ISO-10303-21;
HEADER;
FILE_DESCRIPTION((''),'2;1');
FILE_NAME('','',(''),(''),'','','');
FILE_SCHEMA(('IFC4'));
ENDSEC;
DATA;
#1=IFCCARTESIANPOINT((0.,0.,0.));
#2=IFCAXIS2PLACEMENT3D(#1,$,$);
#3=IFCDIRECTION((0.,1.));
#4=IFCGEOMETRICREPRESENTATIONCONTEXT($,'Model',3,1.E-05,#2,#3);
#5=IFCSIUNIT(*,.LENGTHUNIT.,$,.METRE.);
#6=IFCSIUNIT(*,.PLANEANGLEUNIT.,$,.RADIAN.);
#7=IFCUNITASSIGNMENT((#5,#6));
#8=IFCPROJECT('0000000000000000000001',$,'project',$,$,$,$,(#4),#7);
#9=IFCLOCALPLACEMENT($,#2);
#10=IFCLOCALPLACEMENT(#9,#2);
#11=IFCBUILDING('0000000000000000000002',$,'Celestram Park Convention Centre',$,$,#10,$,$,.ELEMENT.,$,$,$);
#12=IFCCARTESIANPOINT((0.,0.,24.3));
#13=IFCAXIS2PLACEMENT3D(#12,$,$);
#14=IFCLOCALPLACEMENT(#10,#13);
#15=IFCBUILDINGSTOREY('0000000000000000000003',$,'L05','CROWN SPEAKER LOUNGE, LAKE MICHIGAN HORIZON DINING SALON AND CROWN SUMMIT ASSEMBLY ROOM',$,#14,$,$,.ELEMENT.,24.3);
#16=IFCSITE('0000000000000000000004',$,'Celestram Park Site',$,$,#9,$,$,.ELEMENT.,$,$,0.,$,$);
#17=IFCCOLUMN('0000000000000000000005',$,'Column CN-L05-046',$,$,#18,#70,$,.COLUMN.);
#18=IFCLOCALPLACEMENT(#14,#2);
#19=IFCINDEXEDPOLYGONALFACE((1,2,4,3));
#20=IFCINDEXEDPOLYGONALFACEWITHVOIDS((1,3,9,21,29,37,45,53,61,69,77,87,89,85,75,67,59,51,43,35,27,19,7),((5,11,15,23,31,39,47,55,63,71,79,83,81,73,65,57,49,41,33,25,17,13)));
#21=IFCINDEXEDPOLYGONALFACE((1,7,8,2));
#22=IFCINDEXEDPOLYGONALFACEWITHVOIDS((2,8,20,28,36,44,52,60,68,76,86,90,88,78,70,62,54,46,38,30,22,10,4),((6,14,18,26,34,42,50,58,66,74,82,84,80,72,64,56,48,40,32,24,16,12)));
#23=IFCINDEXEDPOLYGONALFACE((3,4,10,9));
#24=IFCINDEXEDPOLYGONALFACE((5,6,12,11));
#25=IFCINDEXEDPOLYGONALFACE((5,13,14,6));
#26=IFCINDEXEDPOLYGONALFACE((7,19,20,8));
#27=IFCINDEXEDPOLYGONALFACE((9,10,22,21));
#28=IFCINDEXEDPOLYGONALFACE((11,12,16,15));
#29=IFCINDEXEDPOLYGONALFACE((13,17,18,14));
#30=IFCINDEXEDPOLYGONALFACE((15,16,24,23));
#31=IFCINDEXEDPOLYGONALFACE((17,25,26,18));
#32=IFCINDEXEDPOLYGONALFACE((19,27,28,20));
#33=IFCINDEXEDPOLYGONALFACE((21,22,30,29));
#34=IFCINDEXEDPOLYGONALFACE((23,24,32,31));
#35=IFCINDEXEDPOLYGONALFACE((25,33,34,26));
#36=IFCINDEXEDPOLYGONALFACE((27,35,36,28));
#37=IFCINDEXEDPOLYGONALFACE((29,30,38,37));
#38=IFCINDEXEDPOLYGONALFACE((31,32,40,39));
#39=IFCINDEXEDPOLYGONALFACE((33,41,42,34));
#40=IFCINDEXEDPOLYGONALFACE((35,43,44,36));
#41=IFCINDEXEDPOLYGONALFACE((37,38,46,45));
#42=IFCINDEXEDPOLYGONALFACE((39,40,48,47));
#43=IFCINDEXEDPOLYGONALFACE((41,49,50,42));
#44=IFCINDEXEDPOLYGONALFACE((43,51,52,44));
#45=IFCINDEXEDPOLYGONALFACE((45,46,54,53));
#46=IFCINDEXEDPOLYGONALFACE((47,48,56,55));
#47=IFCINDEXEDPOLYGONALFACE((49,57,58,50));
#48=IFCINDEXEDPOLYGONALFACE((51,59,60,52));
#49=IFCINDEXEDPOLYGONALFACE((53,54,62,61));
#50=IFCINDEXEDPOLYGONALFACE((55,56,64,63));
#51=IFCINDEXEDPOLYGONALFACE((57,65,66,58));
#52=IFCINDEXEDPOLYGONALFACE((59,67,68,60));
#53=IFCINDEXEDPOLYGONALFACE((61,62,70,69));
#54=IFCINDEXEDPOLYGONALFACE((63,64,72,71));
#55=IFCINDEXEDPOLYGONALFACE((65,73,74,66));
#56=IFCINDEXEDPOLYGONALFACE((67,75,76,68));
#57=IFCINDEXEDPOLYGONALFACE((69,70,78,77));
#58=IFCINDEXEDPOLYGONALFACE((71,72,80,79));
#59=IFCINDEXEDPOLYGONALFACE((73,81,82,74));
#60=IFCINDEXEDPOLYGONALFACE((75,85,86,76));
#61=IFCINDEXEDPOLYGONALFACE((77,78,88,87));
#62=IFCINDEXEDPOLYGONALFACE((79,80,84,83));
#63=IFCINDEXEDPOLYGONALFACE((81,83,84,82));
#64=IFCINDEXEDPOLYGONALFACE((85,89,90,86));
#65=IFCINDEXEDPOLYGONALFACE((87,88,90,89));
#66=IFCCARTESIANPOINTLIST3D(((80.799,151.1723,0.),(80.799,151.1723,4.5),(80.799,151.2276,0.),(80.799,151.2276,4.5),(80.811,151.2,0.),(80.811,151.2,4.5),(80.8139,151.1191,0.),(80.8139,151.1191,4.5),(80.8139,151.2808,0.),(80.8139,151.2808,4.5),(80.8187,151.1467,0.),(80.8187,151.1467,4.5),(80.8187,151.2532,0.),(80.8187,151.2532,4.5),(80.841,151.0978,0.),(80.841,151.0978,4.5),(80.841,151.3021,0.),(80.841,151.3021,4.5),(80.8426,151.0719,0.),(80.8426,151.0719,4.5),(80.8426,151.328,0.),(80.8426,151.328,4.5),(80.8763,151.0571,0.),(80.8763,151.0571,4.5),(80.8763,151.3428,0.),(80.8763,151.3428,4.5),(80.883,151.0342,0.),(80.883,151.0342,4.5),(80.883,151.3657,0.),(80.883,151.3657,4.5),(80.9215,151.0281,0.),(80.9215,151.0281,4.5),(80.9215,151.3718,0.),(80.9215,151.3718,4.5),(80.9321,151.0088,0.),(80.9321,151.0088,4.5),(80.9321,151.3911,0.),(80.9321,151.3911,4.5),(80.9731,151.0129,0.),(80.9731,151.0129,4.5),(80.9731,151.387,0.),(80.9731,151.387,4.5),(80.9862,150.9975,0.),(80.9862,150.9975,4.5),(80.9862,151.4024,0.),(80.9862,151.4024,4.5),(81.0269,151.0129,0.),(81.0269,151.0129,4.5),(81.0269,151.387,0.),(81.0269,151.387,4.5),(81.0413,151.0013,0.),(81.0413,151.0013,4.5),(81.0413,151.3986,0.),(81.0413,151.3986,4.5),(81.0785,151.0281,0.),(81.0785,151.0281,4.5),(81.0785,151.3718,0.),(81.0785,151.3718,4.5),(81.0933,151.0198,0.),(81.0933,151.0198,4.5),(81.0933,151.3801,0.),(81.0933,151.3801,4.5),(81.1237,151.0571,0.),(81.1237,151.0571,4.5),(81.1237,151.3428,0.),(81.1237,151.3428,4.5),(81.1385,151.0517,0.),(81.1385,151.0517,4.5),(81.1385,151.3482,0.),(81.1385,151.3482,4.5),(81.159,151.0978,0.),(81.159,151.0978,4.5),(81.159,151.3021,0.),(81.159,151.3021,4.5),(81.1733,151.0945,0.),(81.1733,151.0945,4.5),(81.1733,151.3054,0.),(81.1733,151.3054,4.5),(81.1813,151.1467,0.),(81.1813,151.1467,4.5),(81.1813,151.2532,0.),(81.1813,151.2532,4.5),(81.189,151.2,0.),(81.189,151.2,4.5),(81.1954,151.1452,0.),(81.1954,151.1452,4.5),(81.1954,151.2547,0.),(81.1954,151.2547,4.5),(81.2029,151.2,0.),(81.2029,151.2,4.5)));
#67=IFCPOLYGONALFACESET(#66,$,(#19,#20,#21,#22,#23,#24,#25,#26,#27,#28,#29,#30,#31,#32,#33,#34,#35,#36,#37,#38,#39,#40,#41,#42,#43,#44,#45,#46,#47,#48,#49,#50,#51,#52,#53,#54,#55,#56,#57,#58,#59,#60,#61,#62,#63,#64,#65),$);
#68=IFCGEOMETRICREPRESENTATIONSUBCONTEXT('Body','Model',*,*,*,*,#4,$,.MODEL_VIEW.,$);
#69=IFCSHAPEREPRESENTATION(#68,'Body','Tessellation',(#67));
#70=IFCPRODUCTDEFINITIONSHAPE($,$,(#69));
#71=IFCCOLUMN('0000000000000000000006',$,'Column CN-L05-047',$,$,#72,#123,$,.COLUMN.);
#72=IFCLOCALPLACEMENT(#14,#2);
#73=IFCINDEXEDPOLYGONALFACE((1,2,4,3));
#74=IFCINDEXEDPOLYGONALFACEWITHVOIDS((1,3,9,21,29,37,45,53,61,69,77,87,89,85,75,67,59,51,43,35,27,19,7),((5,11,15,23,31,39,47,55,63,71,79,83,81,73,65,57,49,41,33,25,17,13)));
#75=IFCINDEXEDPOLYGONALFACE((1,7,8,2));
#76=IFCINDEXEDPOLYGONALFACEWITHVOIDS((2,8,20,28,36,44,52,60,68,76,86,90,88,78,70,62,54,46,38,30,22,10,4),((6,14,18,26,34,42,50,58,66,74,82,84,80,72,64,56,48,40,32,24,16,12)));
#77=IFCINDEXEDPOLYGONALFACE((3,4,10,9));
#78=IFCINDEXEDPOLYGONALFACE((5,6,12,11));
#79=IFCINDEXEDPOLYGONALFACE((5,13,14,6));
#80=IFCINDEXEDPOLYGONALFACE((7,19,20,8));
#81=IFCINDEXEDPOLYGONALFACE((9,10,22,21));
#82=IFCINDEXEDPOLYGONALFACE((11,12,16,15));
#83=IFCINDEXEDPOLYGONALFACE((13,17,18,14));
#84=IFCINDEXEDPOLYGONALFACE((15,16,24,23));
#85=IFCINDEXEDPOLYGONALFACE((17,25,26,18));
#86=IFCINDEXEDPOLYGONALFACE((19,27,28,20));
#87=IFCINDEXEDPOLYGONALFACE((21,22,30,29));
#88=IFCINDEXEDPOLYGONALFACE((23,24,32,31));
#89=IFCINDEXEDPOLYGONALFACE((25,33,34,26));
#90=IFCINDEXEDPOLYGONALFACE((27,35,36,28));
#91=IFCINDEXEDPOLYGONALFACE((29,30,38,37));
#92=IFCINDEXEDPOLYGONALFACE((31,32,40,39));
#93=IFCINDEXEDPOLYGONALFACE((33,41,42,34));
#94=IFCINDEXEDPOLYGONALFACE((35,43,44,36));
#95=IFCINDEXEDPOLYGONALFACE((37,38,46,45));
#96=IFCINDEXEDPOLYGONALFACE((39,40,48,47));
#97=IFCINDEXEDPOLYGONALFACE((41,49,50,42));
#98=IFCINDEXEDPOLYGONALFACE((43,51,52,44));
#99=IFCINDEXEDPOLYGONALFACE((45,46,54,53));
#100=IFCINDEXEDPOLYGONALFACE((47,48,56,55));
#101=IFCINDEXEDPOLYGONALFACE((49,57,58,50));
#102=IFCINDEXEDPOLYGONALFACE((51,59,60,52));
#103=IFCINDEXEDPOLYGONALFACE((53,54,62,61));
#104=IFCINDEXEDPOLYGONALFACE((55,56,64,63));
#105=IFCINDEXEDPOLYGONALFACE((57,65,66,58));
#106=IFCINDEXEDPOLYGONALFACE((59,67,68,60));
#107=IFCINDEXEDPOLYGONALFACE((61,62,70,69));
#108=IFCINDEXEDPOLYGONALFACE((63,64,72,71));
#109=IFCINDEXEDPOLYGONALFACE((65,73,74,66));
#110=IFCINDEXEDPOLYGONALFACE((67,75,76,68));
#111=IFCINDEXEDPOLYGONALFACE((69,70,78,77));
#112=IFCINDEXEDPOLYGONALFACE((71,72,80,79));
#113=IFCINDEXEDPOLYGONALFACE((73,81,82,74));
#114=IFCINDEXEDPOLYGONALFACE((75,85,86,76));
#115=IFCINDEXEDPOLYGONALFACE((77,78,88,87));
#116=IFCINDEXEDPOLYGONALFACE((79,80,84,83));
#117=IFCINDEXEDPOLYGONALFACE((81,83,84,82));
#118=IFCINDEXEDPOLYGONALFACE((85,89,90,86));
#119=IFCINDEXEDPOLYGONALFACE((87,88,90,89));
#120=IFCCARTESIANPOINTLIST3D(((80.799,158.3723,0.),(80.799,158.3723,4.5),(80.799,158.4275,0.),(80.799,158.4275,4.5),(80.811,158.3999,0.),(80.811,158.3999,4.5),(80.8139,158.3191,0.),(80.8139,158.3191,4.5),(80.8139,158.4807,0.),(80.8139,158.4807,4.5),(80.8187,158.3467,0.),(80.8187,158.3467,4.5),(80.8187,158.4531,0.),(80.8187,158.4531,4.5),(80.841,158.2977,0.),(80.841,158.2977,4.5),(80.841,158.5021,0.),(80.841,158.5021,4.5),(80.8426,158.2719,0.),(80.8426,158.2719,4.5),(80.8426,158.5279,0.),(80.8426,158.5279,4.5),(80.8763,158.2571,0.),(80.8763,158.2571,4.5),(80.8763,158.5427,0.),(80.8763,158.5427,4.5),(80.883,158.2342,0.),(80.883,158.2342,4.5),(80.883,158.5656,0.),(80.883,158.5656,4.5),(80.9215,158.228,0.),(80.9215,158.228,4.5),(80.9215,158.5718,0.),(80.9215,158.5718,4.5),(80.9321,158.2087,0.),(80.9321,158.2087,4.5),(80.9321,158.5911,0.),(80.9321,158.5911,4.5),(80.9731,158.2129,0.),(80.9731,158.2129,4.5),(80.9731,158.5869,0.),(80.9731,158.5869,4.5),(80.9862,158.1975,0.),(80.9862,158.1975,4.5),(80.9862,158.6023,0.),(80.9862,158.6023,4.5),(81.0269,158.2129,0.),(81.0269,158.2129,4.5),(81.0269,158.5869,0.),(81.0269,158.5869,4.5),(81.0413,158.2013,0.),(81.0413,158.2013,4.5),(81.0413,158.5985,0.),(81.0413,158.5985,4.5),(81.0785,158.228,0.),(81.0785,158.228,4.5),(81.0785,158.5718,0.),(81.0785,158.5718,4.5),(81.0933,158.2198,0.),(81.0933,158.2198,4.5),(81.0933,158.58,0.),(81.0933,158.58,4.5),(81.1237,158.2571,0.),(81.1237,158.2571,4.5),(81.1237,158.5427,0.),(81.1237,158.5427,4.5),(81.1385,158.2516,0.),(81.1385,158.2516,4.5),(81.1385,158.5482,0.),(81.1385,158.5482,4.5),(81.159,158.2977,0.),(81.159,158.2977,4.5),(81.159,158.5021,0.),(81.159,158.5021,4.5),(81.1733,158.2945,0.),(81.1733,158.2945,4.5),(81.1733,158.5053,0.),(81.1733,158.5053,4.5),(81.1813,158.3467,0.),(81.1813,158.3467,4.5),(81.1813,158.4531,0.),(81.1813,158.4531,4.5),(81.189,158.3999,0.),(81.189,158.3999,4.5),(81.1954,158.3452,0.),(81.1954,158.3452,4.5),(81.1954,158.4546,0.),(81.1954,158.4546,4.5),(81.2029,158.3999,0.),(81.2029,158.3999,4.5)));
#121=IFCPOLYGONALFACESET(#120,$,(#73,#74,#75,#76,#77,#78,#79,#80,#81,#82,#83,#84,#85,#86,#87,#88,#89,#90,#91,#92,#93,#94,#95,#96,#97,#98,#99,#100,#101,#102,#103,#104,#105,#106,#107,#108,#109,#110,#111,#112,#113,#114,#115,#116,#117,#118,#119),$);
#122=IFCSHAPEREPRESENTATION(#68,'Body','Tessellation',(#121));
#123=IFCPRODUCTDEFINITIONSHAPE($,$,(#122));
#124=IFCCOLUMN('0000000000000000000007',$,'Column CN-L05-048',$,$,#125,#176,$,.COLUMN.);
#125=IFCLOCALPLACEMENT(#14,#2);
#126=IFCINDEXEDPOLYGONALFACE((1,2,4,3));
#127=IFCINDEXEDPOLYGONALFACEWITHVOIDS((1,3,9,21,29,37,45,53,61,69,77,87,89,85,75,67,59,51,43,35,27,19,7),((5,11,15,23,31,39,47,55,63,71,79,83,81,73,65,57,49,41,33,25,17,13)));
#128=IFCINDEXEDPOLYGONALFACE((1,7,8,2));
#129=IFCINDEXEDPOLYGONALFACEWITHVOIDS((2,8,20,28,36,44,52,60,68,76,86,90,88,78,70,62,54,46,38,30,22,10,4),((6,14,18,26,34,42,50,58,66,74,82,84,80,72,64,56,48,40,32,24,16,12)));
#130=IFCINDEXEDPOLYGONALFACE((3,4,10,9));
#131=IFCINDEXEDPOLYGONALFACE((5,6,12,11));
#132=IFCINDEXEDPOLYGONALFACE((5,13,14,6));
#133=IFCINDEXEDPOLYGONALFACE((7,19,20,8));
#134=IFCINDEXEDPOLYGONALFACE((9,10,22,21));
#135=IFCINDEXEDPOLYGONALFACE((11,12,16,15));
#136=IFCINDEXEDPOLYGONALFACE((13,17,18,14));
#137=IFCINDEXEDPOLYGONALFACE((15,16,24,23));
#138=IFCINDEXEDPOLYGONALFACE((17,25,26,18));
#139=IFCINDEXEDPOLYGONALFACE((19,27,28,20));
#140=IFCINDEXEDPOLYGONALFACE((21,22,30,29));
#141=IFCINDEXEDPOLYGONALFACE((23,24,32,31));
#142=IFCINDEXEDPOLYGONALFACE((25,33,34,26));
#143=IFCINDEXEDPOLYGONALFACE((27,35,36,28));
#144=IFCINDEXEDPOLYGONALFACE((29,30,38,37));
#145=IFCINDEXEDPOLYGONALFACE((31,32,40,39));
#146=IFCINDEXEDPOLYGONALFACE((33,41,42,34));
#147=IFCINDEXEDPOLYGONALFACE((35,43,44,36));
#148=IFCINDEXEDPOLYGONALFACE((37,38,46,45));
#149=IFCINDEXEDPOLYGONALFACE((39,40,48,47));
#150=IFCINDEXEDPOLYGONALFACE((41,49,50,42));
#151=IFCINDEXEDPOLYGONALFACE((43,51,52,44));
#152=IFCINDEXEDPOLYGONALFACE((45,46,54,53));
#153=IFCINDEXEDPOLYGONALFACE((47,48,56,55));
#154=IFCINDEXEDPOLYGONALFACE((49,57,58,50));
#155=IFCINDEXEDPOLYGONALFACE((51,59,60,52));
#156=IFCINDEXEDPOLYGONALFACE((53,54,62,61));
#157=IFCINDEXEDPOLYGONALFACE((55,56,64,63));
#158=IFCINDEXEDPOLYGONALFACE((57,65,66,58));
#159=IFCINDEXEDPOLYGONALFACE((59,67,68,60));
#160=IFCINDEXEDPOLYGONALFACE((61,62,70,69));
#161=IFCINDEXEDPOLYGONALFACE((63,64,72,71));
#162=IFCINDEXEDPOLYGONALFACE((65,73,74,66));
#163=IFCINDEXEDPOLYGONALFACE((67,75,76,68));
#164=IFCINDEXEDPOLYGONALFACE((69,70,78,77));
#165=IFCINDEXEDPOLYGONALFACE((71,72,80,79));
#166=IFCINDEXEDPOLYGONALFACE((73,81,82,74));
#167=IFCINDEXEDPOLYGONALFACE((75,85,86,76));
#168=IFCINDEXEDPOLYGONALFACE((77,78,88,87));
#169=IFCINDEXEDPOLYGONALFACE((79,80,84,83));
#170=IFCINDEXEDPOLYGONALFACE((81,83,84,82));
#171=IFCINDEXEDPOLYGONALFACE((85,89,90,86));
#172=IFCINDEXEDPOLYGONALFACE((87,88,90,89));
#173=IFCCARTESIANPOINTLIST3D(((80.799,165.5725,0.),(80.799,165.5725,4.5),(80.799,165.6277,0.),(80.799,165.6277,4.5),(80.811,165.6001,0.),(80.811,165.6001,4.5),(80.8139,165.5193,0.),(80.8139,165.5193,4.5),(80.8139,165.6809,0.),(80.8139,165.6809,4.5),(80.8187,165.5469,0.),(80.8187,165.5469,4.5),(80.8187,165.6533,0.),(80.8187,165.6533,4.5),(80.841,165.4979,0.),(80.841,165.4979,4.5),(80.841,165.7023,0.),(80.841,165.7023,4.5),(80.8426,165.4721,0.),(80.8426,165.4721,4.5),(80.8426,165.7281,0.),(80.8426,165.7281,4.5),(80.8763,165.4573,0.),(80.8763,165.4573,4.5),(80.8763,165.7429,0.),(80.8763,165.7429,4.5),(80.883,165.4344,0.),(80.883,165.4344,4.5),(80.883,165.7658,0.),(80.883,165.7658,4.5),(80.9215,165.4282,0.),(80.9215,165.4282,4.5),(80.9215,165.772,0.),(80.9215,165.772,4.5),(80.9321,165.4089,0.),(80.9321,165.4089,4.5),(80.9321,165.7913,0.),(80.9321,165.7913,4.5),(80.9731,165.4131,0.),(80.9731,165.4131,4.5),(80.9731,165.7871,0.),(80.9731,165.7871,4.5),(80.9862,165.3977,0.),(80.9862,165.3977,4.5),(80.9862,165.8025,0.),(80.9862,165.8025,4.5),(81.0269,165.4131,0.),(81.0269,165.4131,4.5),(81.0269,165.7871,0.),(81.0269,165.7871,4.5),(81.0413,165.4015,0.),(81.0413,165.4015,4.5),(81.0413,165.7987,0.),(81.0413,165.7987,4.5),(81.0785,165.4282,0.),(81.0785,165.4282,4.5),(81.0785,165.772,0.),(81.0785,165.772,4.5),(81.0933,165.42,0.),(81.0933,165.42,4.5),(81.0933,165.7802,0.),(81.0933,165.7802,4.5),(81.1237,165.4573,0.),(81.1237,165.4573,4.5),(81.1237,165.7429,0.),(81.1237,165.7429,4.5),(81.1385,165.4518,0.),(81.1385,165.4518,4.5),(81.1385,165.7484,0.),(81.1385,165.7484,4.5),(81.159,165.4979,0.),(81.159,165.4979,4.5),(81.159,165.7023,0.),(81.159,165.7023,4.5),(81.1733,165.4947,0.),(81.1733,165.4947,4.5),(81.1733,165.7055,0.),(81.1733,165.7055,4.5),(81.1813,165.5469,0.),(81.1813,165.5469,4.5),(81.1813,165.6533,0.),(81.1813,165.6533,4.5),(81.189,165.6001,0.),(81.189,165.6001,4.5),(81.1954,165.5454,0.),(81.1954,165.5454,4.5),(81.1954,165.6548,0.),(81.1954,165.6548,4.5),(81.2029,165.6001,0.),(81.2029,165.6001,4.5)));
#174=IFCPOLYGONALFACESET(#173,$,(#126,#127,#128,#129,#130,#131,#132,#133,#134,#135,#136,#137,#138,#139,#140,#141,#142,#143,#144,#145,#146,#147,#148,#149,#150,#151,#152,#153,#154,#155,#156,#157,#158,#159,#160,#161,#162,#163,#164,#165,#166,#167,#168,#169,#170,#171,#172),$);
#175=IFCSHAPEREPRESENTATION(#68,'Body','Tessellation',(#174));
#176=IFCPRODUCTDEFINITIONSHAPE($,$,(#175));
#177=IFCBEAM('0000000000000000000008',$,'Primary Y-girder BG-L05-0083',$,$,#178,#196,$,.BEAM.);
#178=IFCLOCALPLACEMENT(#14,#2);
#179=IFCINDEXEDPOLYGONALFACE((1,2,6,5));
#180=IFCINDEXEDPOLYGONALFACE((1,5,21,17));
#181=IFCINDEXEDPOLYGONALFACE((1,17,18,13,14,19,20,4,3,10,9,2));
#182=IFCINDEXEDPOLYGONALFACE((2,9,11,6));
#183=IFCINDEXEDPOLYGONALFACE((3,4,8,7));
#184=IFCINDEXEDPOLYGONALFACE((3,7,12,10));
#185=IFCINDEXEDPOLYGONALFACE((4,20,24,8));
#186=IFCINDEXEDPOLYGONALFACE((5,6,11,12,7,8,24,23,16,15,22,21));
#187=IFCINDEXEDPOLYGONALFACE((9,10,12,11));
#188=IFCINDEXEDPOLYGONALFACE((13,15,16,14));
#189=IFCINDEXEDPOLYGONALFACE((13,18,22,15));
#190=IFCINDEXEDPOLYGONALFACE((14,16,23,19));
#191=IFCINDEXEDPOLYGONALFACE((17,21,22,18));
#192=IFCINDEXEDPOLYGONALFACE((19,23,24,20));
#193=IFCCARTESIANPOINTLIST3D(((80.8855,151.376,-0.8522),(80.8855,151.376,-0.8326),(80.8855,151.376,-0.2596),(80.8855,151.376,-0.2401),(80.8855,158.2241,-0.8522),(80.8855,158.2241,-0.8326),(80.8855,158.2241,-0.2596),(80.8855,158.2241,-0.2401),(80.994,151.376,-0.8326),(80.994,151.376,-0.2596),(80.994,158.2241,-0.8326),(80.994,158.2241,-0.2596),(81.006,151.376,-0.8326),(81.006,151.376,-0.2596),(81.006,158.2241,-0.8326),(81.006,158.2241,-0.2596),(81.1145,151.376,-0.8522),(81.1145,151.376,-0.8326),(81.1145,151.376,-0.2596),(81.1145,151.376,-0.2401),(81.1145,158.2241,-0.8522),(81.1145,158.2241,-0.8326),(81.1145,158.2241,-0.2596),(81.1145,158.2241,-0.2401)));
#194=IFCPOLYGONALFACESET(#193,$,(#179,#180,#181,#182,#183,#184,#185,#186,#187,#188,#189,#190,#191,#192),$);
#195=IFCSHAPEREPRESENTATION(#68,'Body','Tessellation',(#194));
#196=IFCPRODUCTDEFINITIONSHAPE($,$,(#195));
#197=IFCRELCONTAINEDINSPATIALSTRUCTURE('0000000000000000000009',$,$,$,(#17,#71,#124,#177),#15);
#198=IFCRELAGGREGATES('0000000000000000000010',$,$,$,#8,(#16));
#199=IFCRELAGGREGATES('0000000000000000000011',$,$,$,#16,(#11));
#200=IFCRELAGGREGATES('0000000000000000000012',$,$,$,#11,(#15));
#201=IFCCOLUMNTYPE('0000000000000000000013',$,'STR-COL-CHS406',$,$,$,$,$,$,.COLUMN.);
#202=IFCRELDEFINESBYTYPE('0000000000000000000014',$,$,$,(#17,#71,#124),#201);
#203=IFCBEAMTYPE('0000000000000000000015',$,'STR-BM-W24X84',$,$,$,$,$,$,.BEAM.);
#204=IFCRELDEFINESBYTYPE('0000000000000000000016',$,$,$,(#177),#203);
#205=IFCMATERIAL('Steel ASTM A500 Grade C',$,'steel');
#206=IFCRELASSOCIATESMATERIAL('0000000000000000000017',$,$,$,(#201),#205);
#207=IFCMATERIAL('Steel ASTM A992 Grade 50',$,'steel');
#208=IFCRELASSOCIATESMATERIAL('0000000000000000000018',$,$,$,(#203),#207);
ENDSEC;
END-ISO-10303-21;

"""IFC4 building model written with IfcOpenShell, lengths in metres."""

from ifc_helpers import new_model, si_unit, direction, frame, origin, origin_2d, place, context, subcontext, project, spatial, hollow_circle, i_section, extrude, material, material_profile, profile_set, type_object, element, save


model = new_model("IFC4")

# Units and contexts
model_context = context("Model", 3, precision=1e-05, world=origin(), true_north=direction((0.0, 1.0)))
body_context = subcontext(model_context, "Body", "Model", "MODEL_VIEW")
ifc_project = project(units=[si_unit("LENGTHUNIT", "METRE"), si_unit("PLANEANGLEUNIT", "RADIAN")], contexts=[model_context])

# Site, building, storey
site_placement = place(None, origin())
site = spatial("IfcSite", under=ifc_project, at=site_placement, Name="Celestram Park Site", CompositionType="ELEMENT", RefElevation=0.0)
building_placement = place(site_placement, origin())
building = spatial("IfcBuilding", under=site, at=building_placement, Name="Celestram Park Convention Centre", CompositionType="ELEMENT")
storey_placement = place(building_placement, frame((0.0, 0.0, 24.3)))
storey = spatial("IfcBuildingStorey", under=building, at=storey_placement, Name="L05", Description="CROWN SPEAKER LOUNGE, LAKE MICHIGAN HORIZON DINING SALON AND CROWN SUMMIT ASSEMBLY ROOM", CompositionType="ELEMENT", Elevation=24.3)

# Columns
ifc_material_1 = material(Name="Steel ASTM A500 Grade C", Category="steel")
ifc_material_profile_1 = material_profile(ifc_material_1, hollow_circle(Radius=0.2029, WallThickness=0.0139, at=origin_2d()), Name="CHS406X14")
ifc_profile_set_1 = profile_set([ifc_material_profile_1], Name="Steel ASTM A500 Grade C")
column_type = type_object("IfcColumnType", Name="STR-COL-CHS406", PredefinedType="COLUMN", material=ifc_profile_set_1)
for number, where, z_axis, x_axis, name in (
    (1, (81.0, 151.2, 0.0), (0.0, 0.0, 1.0), (1.0, 0.0, 0.0), "Column CN-L05-046"),
    (2, (81.0, 158.3999, 0.0), (0.0, 0.0, 1.0), (1.0, 0.0, 0.0), "Column CN-L05-047"),
    (3, (81.0, 165.6001, 0.0), (0.0, 0.0, 1.0), (1.0, 0.0, 0.0), "Column CN-L05-048"),
):
    element("IfcColumn", number, at=place(storey_placement, frame(where, z_axis=z_axis, x_axis=x_axis)), inside=storey, type_object=column_type, Name=name, PredefinedType="COLUMN", context=body_context, shape_type="SweptSolid", body=[
        extrude(hollow_circle(Radius=0.2029, WallThickness=0.0139, at=origin_2d()), origin(), (0.0, 0.0, 1.0), 4.5),
    ])

# Beam
ifc_material_2 = material(Name="Steel ASTM A992 Grade 50", Category="steel")
ifc_material_profile_2 = material_profile(ifc_material_2, i_section(OverallWidth=0.229, OverallDepth=0.6121, WebThickness=0.012, FlangeThickness=0.0195, at=origin_2d()), Name="W24X84")
ifc_profile_set_2 = profile_set([ifc_material_profile_2], Name="Steel ASTM A992 Grade 50")
beam_type_1 = type_object("IfcBeamType", Name="STR-BM-W24X84", PredefinedType="BEAM", material=ifc_profile_set_2)
for number, where, z_axis, x_axis, name in (
    (4, (81.0, 151.376, -0.5461), (0.0, 1.0, 0.0), (-1.0, 0.0, 0.0), "Primary Y-girder BG-L05-0083"),
):
    element("IfcBeam", number, at=place(storey_placement, frame(where, z_axis=z_axis, x_axis=x_axis)), inside=storey, type_object=beam_type_1, Name=name, PredefinedType="BEAM", context=body_context, shape_type="SweptSolid", body=[
        extrude(i_section(OverallWidth=0.229, OverallDepth=0.6121, WebThickness=0.012, FlangeThickness=0.0195, at=origin_2d()), origin(), (0.0, 0.0, 1.0), 6.8481),
    ])

save(model, "model.ifc")
